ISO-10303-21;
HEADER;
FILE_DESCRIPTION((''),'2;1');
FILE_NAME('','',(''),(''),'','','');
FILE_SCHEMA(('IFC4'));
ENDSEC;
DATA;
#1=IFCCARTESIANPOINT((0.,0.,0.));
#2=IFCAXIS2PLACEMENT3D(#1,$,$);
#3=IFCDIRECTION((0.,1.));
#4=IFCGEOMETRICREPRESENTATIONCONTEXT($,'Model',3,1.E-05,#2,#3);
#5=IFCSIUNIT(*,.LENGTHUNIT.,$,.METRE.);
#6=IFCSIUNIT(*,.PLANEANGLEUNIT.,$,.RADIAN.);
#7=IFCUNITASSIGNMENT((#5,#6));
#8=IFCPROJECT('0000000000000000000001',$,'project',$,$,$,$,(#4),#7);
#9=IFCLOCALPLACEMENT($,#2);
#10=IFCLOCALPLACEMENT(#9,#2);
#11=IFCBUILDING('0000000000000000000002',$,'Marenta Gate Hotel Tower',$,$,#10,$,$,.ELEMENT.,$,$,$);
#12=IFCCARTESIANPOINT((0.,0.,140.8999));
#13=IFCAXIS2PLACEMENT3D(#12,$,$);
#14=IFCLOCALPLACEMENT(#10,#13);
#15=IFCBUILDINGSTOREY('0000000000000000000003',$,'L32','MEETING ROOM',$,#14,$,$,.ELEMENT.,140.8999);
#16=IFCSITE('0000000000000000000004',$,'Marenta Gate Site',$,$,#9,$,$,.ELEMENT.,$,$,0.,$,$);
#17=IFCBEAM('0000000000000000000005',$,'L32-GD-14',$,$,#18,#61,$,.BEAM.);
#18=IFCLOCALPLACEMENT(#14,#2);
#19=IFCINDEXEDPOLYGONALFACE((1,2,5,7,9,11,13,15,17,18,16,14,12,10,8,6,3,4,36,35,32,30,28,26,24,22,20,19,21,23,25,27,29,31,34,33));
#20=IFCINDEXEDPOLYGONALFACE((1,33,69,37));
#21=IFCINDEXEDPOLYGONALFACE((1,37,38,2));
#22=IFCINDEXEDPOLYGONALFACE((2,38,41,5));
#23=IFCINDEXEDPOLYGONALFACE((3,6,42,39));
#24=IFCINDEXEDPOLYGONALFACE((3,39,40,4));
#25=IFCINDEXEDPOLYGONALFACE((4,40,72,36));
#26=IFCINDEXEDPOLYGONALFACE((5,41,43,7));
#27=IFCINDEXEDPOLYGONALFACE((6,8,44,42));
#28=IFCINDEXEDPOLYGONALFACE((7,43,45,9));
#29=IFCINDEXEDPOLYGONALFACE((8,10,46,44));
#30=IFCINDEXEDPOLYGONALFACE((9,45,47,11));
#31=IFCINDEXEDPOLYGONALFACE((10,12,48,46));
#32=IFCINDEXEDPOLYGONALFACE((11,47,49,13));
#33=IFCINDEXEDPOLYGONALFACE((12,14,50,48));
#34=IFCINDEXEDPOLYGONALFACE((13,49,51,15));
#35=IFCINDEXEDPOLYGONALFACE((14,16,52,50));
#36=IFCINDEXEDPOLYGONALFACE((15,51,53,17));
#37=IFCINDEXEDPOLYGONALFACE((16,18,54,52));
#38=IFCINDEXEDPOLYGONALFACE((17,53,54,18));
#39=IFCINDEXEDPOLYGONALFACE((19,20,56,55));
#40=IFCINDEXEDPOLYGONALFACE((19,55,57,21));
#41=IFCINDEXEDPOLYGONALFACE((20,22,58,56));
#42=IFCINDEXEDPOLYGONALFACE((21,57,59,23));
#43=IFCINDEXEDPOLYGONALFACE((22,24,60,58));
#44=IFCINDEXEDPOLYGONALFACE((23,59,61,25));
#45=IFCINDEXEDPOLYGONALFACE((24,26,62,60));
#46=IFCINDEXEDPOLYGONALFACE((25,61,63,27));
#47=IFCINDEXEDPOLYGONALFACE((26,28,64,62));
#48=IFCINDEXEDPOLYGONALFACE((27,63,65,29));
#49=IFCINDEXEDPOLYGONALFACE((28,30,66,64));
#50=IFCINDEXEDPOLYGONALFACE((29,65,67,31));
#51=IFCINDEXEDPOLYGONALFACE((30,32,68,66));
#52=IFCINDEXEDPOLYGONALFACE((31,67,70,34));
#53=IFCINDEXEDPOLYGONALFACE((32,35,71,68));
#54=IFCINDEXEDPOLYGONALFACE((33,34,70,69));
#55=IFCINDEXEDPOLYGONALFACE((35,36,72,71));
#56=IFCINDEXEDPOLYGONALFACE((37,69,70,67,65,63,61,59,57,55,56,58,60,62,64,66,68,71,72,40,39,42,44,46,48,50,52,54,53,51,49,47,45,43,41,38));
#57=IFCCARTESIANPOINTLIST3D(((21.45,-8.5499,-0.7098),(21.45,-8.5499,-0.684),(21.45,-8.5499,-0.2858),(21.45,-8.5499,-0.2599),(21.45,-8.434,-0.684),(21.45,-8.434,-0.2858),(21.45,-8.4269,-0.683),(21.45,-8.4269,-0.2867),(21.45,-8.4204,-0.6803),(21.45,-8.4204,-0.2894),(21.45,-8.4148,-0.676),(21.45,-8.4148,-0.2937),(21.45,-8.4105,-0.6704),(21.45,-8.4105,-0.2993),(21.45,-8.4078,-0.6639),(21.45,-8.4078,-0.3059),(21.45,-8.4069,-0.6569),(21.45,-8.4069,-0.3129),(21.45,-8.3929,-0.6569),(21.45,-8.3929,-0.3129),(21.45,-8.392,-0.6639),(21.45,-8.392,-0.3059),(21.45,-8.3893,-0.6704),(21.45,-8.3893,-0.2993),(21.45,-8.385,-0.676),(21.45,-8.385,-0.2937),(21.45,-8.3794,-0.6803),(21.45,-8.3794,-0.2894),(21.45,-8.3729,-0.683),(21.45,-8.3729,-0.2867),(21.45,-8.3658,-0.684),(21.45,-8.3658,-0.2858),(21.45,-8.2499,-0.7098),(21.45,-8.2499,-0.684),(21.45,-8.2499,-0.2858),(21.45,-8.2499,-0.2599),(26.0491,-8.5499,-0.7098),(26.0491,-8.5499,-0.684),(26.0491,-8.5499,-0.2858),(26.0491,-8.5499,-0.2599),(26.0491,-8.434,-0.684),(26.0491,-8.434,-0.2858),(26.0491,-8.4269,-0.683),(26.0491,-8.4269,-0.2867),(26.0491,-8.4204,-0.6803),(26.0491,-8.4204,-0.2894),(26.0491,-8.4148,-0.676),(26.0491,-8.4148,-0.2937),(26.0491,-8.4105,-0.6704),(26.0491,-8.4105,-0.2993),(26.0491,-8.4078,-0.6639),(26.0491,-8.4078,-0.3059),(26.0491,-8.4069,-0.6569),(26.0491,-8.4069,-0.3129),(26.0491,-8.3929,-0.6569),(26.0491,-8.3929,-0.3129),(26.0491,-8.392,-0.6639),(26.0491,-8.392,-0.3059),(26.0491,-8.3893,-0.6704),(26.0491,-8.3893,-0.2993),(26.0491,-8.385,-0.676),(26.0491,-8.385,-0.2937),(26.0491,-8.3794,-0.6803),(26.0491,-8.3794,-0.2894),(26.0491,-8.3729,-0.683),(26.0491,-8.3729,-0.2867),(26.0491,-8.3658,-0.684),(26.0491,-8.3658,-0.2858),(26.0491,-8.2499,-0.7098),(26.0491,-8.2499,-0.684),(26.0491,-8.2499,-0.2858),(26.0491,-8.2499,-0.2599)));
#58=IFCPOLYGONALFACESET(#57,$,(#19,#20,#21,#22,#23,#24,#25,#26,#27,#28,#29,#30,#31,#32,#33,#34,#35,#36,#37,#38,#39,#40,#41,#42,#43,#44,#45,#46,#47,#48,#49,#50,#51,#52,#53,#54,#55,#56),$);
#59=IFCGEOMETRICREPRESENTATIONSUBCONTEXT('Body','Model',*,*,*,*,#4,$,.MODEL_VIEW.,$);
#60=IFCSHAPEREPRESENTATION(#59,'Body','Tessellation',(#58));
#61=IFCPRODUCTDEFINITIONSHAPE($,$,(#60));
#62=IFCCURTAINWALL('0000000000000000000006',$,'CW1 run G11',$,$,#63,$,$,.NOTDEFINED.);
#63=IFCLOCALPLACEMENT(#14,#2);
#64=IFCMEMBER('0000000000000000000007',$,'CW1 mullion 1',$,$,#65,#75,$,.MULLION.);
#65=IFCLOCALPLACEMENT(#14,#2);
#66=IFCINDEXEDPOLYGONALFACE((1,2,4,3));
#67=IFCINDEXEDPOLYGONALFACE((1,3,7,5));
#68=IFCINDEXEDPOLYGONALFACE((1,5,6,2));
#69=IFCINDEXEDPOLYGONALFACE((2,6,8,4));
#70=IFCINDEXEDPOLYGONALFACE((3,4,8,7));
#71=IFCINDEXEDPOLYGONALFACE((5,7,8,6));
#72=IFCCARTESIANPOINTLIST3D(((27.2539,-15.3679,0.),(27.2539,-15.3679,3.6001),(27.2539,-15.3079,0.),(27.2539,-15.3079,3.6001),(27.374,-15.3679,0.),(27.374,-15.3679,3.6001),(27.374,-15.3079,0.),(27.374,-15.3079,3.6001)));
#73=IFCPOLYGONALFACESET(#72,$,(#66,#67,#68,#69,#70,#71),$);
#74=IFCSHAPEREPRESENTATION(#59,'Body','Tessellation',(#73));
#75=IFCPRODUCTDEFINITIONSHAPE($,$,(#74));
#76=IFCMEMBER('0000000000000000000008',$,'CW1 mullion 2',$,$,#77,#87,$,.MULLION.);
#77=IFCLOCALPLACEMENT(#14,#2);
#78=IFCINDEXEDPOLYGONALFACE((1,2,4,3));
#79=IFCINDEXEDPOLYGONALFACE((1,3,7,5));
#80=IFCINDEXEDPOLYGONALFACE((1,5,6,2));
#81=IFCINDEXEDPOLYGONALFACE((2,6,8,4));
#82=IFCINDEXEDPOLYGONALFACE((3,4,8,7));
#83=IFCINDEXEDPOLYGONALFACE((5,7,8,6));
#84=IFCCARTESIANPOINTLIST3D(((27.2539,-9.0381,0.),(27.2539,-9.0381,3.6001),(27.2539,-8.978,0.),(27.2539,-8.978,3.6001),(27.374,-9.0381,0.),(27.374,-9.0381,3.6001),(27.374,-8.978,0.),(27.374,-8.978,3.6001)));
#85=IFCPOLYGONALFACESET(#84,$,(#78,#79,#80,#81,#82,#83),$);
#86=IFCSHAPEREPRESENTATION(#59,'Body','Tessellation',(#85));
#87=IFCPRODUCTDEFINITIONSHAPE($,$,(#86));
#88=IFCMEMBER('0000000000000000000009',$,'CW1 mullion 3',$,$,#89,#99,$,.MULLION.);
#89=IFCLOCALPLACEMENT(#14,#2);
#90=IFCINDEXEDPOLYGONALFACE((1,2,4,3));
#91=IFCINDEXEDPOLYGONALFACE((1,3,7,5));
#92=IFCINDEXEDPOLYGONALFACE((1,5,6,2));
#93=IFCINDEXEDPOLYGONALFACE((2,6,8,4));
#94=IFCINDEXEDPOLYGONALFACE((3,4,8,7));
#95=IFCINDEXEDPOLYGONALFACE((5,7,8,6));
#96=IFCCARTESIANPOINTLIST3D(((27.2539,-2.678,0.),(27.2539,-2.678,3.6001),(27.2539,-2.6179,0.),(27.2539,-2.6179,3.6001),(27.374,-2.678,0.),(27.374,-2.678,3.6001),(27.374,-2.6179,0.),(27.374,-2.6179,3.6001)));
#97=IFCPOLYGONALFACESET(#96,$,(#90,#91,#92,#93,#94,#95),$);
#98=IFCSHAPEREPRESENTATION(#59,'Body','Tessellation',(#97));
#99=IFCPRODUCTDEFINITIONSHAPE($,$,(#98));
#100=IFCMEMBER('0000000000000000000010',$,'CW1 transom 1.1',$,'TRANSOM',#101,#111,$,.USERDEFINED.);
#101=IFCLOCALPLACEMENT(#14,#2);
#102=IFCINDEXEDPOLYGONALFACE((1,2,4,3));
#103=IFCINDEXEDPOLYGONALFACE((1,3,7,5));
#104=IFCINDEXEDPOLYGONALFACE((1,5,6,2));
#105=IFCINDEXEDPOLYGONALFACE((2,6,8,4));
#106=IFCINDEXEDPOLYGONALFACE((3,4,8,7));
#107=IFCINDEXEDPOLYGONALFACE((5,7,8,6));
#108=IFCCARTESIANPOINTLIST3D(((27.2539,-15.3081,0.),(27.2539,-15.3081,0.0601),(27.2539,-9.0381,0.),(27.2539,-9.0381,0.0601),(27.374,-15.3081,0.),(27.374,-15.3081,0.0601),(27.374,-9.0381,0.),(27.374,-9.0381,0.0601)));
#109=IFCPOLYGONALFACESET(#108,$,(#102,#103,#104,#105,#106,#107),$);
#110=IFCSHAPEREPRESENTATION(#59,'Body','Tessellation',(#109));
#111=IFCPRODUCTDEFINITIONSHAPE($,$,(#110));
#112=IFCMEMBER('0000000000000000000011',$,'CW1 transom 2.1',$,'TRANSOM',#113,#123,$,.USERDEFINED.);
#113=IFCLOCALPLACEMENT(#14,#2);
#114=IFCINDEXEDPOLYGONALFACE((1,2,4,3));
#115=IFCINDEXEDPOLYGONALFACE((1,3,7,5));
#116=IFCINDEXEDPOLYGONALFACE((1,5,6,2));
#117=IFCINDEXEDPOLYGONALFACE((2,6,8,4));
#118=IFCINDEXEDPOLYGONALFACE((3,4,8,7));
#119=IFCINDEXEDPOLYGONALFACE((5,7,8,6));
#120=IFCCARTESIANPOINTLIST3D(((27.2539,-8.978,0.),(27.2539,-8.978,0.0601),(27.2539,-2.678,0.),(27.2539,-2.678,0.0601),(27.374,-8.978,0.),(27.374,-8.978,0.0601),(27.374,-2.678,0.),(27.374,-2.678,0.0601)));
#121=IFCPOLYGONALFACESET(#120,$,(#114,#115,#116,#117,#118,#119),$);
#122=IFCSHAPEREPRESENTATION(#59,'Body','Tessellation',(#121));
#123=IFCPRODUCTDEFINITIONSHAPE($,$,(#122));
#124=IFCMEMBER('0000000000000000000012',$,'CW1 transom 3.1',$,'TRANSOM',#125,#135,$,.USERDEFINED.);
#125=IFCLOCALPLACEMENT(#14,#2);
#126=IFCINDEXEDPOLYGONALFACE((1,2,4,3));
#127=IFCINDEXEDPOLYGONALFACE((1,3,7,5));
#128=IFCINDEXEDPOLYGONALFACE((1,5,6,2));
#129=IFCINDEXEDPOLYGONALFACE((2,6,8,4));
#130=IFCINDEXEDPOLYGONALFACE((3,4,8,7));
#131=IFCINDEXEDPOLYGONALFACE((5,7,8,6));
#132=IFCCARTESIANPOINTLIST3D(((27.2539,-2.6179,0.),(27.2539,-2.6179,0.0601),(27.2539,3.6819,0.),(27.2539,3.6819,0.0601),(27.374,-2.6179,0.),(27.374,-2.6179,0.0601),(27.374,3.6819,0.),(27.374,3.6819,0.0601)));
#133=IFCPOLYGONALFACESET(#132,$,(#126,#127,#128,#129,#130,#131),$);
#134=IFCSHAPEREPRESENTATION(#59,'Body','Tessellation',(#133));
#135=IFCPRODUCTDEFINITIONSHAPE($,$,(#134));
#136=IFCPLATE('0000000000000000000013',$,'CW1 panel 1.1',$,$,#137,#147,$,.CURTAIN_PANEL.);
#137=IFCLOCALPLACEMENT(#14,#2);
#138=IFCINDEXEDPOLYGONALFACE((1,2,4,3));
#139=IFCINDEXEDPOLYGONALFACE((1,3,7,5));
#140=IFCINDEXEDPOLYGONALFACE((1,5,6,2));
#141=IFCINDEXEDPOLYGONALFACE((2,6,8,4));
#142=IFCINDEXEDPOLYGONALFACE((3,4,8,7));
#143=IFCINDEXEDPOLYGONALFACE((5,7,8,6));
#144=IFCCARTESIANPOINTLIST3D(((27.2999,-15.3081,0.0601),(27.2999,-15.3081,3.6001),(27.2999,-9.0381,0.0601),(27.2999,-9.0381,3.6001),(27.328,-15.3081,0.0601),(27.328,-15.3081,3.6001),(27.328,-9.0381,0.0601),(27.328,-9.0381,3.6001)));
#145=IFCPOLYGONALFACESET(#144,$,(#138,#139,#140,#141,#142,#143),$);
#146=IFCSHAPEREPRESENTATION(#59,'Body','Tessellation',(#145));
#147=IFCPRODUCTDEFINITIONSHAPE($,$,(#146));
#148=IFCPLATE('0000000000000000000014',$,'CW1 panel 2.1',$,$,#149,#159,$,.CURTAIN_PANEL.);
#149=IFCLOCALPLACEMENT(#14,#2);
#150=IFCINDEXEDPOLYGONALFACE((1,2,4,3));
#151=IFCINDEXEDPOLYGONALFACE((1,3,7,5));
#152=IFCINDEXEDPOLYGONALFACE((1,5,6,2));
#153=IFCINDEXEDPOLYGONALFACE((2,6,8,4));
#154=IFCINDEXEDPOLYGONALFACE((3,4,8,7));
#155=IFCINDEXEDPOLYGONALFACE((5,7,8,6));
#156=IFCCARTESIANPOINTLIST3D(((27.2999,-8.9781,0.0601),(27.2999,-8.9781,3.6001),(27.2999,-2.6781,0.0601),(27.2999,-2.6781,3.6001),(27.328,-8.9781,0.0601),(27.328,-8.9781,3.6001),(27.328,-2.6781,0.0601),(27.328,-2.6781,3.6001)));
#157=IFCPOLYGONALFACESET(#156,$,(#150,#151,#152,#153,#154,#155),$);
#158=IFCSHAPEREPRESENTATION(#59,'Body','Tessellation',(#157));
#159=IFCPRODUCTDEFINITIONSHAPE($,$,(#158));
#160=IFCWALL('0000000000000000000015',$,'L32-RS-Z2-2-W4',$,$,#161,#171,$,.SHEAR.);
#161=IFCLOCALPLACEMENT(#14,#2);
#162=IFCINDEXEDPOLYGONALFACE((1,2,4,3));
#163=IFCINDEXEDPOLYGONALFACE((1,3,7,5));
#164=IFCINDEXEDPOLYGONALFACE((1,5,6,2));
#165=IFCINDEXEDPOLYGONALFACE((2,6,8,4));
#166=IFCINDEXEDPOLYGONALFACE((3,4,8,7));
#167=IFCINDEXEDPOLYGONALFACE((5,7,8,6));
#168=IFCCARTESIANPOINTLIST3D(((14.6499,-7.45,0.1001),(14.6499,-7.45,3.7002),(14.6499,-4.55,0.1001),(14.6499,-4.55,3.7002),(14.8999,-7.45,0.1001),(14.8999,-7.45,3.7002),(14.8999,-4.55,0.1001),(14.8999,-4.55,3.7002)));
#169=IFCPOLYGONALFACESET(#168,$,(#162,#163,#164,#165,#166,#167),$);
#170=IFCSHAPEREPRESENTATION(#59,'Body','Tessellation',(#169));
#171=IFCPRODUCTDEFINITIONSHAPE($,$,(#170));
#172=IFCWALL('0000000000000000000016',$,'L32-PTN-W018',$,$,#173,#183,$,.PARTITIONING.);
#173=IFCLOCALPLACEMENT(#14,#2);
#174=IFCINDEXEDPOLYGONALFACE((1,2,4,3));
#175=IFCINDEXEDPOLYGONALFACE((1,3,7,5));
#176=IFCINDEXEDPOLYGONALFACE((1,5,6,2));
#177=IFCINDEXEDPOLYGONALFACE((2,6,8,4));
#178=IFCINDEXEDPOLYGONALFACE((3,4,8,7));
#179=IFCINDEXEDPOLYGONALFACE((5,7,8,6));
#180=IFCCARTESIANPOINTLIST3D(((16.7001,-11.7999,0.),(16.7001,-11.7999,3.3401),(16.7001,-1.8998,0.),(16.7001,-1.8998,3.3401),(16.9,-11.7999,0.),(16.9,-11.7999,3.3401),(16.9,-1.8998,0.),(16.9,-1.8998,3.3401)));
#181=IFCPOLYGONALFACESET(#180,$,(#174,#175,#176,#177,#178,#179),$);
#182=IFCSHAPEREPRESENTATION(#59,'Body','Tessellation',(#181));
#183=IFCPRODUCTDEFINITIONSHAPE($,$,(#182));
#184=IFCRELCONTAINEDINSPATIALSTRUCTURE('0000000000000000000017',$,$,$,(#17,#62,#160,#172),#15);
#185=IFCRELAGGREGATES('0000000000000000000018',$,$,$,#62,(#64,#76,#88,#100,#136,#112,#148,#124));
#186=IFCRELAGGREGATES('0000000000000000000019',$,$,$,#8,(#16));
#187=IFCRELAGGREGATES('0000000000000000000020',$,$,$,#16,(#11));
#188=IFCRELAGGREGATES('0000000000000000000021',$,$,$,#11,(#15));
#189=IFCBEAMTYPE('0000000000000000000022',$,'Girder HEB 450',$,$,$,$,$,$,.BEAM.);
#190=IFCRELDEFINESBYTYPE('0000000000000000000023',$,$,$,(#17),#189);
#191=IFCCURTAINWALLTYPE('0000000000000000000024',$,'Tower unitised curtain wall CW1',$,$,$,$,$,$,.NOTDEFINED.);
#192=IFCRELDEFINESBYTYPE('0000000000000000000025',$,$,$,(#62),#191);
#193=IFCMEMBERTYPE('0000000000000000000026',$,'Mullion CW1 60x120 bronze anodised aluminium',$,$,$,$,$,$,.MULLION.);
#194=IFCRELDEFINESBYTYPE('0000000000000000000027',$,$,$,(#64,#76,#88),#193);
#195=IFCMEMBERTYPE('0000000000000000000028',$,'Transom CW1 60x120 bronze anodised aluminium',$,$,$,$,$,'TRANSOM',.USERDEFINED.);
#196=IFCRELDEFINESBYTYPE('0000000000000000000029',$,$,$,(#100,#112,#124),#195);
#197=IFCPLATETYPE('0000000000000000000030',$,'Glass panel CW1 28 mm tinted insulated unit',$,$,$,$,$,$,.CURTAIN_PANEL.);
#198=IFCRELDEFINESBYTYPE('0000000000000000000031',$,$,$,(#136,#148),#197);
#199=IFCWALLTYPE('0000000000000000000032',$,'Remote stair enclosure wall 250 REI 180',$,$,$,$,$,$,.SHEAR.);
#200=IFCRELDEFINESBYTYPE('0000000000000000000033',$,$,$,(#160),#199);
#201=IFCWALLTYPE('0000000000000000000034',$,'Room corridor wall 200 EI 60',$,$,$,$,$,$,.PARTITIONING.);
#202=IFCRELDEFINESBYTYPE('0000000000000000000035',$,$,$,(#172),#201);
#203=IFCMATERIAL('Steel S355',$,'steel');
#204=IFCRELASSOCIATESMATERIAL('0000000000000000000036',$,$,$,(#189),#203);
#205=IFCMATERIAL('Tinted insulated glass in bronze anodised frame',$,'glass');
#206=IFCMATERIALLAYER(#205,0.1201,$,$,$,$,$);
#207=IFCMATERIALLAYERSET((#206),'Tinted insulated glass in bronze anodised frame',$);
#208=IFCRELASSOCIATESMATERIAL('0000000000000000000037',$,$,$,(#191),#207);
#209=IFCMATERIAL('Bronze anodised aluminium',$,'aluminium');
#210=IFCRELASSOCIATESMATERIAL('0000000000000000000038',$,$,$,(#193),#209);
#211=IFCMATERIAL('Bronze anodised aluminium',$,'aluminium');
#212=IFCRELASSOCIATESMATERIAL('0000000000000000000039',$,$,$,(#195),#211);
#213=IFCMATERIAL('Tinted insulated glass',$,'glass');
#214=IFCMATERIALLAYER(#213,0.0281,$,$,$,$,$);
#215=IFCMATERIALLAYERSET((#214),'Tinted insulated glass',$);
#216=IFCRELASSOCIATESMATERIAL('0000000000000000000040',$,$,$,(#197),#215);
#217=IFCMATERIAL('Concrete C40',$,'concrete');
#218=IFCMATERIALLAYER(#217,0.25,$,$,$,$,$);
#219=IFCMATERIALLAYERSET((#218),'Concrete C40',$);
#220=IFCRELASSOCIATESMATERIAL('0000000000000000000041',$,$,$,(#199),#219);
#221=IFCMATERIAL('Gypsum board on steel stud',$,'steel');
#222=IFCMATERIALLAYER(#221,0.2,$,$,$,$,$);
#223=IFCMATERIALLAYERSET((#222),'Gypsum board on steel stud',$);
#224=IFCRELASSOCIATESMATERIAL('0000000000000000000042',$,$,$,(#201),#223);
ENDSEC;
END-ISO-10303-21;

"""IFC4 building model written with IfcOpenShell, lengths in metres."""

from ifc_helpers import new_model, si_unit, direction, frame, frame_2d, origin, origin_2d, place, context, subcontext, project, spatial, rectangle, i_section, extrude, material, layer, layer_set, material_profile, profile_set, type_object, element, aggregate, save


model = new_model("IFC4")

# Units and contexts
model_context = context("Model", 3, precision=1e-05, world=origin(), true_north=direction((0.0, 1.0)))
body_context = subcontext(model_context, "Body", "Model", "MODEL_VIEW")
ifc_project = project(units=[si_unit("LENGTHUNIT", "METRE"), si_unit("PLANEANGLEUNIT", "RADIAN")], contexts=[model_context])

# Site, building, storey
site_placement = place(None, origin())
site = spatial("IfcSite", under=ifc_project, at=site_placement, Name="Marenta Gate Site", CompositionType="ELEMENT", RefElevation=0.0)
building_placement = place(site_placement, origin())
building = spatial("IfcBuilding", under=site, at=building_placement, Name="Marenta Gate Hotel Tower", CompositionType="ELEMENT")
storey_placement = place(building_placement, frame((0.0, 0.0, 140.8999)))
storey = spatial("IfcBuildingStorey", under=building, at=storey_placement, Name="L32", Description="MEETING ROOM", CompositionType="ELEMENT", Elevation=140.8999)

# Beam
ifc_material_1 = material(Name="Steel S355", Category="steel")
ifc_material_profile_1 = material_profile(ifc_material_1, i_section(OverallWidth=0.3, OverallDepth=0.45, WebThickness=0.0139, FlangeThickness=0.0259, FilletRadius=0.0271, at=origin_2d()), Name="HEB 450")
ifc_profile_set_1 = profile_set([ifc_material_profile_1], Name="Steel S355")
beam_type_1 = type_object("IfcBeamType", Name="Girder HEB 450", PredefinedType="BEAM", material=ifc_profile_set_1)
beam_1_placement = place(storey_placement, frame((21.45, -8.3999, -0.4849), z_axis=(1.0, 0.0, 0.0), x_axis=(0.0, 1.0, 0.0)))
element("IfcBeam", 1, at=beam_1_placement, inside=storey, type_object=beam_type_1, Name="L32-GD-14", PredefinedType="BEAM", context=body_context, shape_type="SweptSolid", body=[
    extrude(i_section(OverallWidth=0.3, OverallDepth=0.45, WebThickness=0.0139, FlangeThickness=0.0259, FilletRadius=0.0271, at=origin_2d()), origin(), (0.0, 0.0, 1.0), 4.5991),
])

# Curtain wall, members, plates
ifc_material_2 = material(Name="Tinted insulated glass in bronze anodised frame", Category="glass")
ifc_layer_1 = layer(ifc_material_2, 0.1201)
ifc_layer_set_1 = layer_set([ifc_layer_1], Name="Tinted insulated glass in bronze anodised frame")
curtain_wall_type = type_object("IfcCurtainWallType", Name="Tower unitised curtain wall CW1", PredefinedType="NOTDEFINED", material=ifc_layer_set_1)
curtain_wall_placement = place(storey_placement, origin())
curtain_wall = element("IfcCurtainWall", 2, at=curtain_wall_placement, inside=storey, type_object=curtain_wall_type, Name="CW1 run G11", PredefinedType="NOTDEFINED")
ifc_material_3 = material(Name="Bronze anodised aluminium", Category="aluminium")
ifc_material_profile_2 = material_profile(ifc_material_3, rectangle(XDim=0.1201, YDim=0.0601, at=origin_2d()), Name="Mullion CW1 60x120 bronze anodised aluminium")
ifc_profile_set_2 = profile_set([ifc_material_profile_2], Name="Bronze anodised aluminium")
member_type_1 = type_object("IfcMemberType", Name="Mullion CW1 60x120 bronze anodised aluminium", PredefinedType="MULLION", material=ifc_profile_set_2)
member_1_placement = place(storey_placement, frame((27.314, -15.3379, 0.0), z_axis=(0.0, 0.0, 1.0), x_axis=(-1.0, 0.0, 0.0)))
member_1 = element("IfcMember", 3, at=member_1_placement, type_object=member_type_1, Name="CW1 mullion 1", PredefinedType="MULLION", context=body_context, shape_type="SweptSolid", body=[
    extrude(rectangle(XDim=0.1201, YDim=0.0601, at=origin_2d()), origin(), (0.0, 0.0, 1.0), 3.6001),
])
member_2_placement = place(storey_placement, frame((27.314, -9.0081, 0.0), z_axis=(0.0, 0.0, 1.0), x_axis=(-1.0, 0.0, 0.0)))
member_2 = element("IfcMember", 4, at=member_2_placement, type_object=member_type_1, Name="CW1 mullion 2", PredefinedType="MULLION", context=body_context, shape_type="SweptSolid", body=[
    extrude(rectangle(XDim=0.1201, YDim=0.0601, at=origin_2d()), origin(), (0.0, 0.0, 1.0), 3.6001),
])
member_3_placement = place(storey_placement, frame((27.314, -2.6479, 0.0), z_axis=(0.0, 0.0, 1.0), x_axis=(-1.0, 0.0, 0.0)))
member_3 = element("IfcMember", 5, at=member_3_placement, type_object=member_type_1, Name="CW1 mullion 3", PredefinedType="MULLION", context=body_context, shape_type="SweptSolid", body=[
    extrude(rectangle(XDim=0.1201, YDim=0.0601, at=origin_2d()), origin(), (0.0, 0.0, 1.0), 3.6001),
])
ifc_material_4 = material(Name="Bronze anodised aluminium", Category="aluminium")
ifc_material_profile_3 = material_profile(ifc_material_4, rectangle(XDim=0.1201, YDim=0.0601, at=origin_2d()), Name="Transom CW1 60x120 bronze anodised aluminium")
ifc_profile_set_3 = profile_set([ifc_material_profile_3], Name="Bronze anodised aluminium")
member_type_2 = type_object("IfcMemberType", Name="Transom CW1 60x120 bronze anodised aluminium", ElementType="TRANSOM", PredefinedType="USERDEFINED", material=ifc_profile_set_3)
member_4_placement = place(storey_placement, frame((27.314, -15.3081, 0.03), z_axis=(0.0, 1.0, 0.0), x_axis=(-1.0, 0.0, 0.0)))
member_4 = element("IfcMember", 6, at=member_4_placement, type_object=member_type_2, Name="CW1 transom 1.1", ObjectType="TRANSOM", PredefinedType="USERDEFINED", context=body_context, shape_type="SweptSolid", body=[
    extrude(rectangle(XDim=0.1201, YDim=0.0601, at=origin_2d()), origin(), (0.0, 0.0, 1.0), 6.27),
])
member_5_placement = place(storey_placement, frame((27.314, -8.978, 0.03), z_axis=(0.0, 1.0, 0.0), x_axis=(-1.0, 0.0, 0.0)))
member_5 = element("IfcMember", 7, at=member_5_placement, type_object=member_type_2, Name="CW1 transom 2.1", ObjectType="TRANSOM", PredefinedType="USERDEFINED", context=body_context, shape_type="SweptSolid", body=[
    extrude(rectangle(XDim=0.1201, YDim=0.0601, at=origin_2d()), origin(), (0.0, 0.0, 1.0), 6.3),
])
member_6_placement = place(storey_placement, frame((27.314, -2.6179, 0.03), z_axis=(0.0, 1.0, 0.0), x_axis=(-1.0, 0.0, 0.0)))
member_6 = element("IfcMember", 8, at=member_6_placement, type_object=member_type_2, Name="CW1 transom 3.1", ObjectType="TRANSOM", PredefinedType="USERDEFINED", context=body_context, shape_type="SweptSolid", body=[
    extrude(rectangle(XDim=0.1201, YDim=0.0601, at=origin_2d()), origin(), (0.0, 0.0, 1.0), 6.2998),
])
ifc_material_5 = material(Name="Tinted insulated glass", Category="glass")
ifc_layer_2 = layer(ifc_material_5, 0.0281)
ifc_layer_set_2 = layer_set([ifc_layer_2], Name="Tinted insulated glass")
plate_type = type_object("IfcPlateType", Name="Glass panel CW1 28 mm tinted insulated unit", PredefinedType="CURTAIN_PANEL", material=ifc_layer_set_2)
plate_1_placement = place(storey_placement, frame((27.314, -12.1731, 0.0601), z_axis=(0.0, 0.0, 1.0), x_axis=(0.0, 1.0, 0.0)))
plate_1 = element("IfcPlate", 9, at=plate_1_placement, type_object=plate_type, Name="CW1 panel 1.1", PredefinedType="CURTAIN_PANEL", context=body_context, shape_type="SweptSolid", body=[
    extrude(rectangle(XDim=6.27, YDim=0.0281, at=origin_2d()), origin(), (0.0, 0.0, 1.0), 3.54),
])
plate_2_placement = place(storey_placement, frame((27.314, -5.8281, 0.0601), z_axis=(0.0, 0.0, 1.0), x_axis=(0.0, 1.0, 0.0)))
plate_2 = element("IfcPlate", 10, at=plate_2_placement, type_object=plate_type, Name="CW1 panel 2.1", PredefinedType="CURTAIN_PANEL", context=body_context, shape_type="SweptSolid", body=[
    extrude(rectangle(XDim=6.3, YDim=0.0281, at=origin_2d()), origin(), (0.0, 0.0, 1.0), 3.54),
])
aggregate(curtain_wall, [member_1, member_2, member_3, member_4, plate_1, member_5, plate_2, member_6])

# Walls
ifc_material_6 = material(Name="Concrete C40", Category="concrete")
ifc_layer_3 = layer(ifc_material_6, 0.25)
ifc_layer_set_3 = layer_set([ifc_layer_3], Name="Concrete C40")
wall_type_1 = type_object("IfcWallType", Name="Remote stair enclosure wall 250 REI 180", PredefinedType="SHEAR", material=ifc_layer_set_3)
wall_1_placement = place(storey_placement, frame((14.7749, -7.45, 0.1001), z_axis=(0.0, 0.0, 1.0), x_axis=(0.0, 1.0, 0.0)))
element("IfcWall", 11, at=wall_1_placement, inside=storey, type_object=wall_type_1, Name="L32-RS-Z2-2-W4", PredefinedType="SHEAR", context=body_context, shape_type="SweptSolid", body=[
    extrude(rectangle(XDim=2.8999, YDim=0.25, at=frame_2d((1.45, 0.0))), origin(), (0.0, 0.0, 1.0), 3.6001),
])
ifc_material_7 = material(Name="Gypsum board on steel stud", Category="steel")
ifc_layer_4 = layer(ifc_material_7, 0.2)
ifc_layer_set_4 = layer_set([ifc_layer_4], Name="Gypsum board on steel stud")
wall_type_2 = type_object("IfcWallType", Name="Room corridor wall 200 EI 60", PredefinedType="PARTITIONING", material=ifc_layer_set_4)
wall_2_placement = place(storey_placement, frame((16.8, -11.8, 0.0), z_axis=(0.0, 0.0, 1.0), x_axis=(0.0, 1.0, 0.0)))
element("IfcWall", 12, at=wall_2_placement, inside=storey, type_object=wall_type_2, Name="L32-PTN-W018", PredefinedType="PARTITIONING", context=body_context, shape_type="SweptSolid", body=[
    extrude(rectangle(XDim=9.9001, YDim=0.2, at=frame_2d((4.9502, 0.0))), origin(), (0.0, 0.0, 1.0), 3.3401),
])

save(model, "model.ifc")
